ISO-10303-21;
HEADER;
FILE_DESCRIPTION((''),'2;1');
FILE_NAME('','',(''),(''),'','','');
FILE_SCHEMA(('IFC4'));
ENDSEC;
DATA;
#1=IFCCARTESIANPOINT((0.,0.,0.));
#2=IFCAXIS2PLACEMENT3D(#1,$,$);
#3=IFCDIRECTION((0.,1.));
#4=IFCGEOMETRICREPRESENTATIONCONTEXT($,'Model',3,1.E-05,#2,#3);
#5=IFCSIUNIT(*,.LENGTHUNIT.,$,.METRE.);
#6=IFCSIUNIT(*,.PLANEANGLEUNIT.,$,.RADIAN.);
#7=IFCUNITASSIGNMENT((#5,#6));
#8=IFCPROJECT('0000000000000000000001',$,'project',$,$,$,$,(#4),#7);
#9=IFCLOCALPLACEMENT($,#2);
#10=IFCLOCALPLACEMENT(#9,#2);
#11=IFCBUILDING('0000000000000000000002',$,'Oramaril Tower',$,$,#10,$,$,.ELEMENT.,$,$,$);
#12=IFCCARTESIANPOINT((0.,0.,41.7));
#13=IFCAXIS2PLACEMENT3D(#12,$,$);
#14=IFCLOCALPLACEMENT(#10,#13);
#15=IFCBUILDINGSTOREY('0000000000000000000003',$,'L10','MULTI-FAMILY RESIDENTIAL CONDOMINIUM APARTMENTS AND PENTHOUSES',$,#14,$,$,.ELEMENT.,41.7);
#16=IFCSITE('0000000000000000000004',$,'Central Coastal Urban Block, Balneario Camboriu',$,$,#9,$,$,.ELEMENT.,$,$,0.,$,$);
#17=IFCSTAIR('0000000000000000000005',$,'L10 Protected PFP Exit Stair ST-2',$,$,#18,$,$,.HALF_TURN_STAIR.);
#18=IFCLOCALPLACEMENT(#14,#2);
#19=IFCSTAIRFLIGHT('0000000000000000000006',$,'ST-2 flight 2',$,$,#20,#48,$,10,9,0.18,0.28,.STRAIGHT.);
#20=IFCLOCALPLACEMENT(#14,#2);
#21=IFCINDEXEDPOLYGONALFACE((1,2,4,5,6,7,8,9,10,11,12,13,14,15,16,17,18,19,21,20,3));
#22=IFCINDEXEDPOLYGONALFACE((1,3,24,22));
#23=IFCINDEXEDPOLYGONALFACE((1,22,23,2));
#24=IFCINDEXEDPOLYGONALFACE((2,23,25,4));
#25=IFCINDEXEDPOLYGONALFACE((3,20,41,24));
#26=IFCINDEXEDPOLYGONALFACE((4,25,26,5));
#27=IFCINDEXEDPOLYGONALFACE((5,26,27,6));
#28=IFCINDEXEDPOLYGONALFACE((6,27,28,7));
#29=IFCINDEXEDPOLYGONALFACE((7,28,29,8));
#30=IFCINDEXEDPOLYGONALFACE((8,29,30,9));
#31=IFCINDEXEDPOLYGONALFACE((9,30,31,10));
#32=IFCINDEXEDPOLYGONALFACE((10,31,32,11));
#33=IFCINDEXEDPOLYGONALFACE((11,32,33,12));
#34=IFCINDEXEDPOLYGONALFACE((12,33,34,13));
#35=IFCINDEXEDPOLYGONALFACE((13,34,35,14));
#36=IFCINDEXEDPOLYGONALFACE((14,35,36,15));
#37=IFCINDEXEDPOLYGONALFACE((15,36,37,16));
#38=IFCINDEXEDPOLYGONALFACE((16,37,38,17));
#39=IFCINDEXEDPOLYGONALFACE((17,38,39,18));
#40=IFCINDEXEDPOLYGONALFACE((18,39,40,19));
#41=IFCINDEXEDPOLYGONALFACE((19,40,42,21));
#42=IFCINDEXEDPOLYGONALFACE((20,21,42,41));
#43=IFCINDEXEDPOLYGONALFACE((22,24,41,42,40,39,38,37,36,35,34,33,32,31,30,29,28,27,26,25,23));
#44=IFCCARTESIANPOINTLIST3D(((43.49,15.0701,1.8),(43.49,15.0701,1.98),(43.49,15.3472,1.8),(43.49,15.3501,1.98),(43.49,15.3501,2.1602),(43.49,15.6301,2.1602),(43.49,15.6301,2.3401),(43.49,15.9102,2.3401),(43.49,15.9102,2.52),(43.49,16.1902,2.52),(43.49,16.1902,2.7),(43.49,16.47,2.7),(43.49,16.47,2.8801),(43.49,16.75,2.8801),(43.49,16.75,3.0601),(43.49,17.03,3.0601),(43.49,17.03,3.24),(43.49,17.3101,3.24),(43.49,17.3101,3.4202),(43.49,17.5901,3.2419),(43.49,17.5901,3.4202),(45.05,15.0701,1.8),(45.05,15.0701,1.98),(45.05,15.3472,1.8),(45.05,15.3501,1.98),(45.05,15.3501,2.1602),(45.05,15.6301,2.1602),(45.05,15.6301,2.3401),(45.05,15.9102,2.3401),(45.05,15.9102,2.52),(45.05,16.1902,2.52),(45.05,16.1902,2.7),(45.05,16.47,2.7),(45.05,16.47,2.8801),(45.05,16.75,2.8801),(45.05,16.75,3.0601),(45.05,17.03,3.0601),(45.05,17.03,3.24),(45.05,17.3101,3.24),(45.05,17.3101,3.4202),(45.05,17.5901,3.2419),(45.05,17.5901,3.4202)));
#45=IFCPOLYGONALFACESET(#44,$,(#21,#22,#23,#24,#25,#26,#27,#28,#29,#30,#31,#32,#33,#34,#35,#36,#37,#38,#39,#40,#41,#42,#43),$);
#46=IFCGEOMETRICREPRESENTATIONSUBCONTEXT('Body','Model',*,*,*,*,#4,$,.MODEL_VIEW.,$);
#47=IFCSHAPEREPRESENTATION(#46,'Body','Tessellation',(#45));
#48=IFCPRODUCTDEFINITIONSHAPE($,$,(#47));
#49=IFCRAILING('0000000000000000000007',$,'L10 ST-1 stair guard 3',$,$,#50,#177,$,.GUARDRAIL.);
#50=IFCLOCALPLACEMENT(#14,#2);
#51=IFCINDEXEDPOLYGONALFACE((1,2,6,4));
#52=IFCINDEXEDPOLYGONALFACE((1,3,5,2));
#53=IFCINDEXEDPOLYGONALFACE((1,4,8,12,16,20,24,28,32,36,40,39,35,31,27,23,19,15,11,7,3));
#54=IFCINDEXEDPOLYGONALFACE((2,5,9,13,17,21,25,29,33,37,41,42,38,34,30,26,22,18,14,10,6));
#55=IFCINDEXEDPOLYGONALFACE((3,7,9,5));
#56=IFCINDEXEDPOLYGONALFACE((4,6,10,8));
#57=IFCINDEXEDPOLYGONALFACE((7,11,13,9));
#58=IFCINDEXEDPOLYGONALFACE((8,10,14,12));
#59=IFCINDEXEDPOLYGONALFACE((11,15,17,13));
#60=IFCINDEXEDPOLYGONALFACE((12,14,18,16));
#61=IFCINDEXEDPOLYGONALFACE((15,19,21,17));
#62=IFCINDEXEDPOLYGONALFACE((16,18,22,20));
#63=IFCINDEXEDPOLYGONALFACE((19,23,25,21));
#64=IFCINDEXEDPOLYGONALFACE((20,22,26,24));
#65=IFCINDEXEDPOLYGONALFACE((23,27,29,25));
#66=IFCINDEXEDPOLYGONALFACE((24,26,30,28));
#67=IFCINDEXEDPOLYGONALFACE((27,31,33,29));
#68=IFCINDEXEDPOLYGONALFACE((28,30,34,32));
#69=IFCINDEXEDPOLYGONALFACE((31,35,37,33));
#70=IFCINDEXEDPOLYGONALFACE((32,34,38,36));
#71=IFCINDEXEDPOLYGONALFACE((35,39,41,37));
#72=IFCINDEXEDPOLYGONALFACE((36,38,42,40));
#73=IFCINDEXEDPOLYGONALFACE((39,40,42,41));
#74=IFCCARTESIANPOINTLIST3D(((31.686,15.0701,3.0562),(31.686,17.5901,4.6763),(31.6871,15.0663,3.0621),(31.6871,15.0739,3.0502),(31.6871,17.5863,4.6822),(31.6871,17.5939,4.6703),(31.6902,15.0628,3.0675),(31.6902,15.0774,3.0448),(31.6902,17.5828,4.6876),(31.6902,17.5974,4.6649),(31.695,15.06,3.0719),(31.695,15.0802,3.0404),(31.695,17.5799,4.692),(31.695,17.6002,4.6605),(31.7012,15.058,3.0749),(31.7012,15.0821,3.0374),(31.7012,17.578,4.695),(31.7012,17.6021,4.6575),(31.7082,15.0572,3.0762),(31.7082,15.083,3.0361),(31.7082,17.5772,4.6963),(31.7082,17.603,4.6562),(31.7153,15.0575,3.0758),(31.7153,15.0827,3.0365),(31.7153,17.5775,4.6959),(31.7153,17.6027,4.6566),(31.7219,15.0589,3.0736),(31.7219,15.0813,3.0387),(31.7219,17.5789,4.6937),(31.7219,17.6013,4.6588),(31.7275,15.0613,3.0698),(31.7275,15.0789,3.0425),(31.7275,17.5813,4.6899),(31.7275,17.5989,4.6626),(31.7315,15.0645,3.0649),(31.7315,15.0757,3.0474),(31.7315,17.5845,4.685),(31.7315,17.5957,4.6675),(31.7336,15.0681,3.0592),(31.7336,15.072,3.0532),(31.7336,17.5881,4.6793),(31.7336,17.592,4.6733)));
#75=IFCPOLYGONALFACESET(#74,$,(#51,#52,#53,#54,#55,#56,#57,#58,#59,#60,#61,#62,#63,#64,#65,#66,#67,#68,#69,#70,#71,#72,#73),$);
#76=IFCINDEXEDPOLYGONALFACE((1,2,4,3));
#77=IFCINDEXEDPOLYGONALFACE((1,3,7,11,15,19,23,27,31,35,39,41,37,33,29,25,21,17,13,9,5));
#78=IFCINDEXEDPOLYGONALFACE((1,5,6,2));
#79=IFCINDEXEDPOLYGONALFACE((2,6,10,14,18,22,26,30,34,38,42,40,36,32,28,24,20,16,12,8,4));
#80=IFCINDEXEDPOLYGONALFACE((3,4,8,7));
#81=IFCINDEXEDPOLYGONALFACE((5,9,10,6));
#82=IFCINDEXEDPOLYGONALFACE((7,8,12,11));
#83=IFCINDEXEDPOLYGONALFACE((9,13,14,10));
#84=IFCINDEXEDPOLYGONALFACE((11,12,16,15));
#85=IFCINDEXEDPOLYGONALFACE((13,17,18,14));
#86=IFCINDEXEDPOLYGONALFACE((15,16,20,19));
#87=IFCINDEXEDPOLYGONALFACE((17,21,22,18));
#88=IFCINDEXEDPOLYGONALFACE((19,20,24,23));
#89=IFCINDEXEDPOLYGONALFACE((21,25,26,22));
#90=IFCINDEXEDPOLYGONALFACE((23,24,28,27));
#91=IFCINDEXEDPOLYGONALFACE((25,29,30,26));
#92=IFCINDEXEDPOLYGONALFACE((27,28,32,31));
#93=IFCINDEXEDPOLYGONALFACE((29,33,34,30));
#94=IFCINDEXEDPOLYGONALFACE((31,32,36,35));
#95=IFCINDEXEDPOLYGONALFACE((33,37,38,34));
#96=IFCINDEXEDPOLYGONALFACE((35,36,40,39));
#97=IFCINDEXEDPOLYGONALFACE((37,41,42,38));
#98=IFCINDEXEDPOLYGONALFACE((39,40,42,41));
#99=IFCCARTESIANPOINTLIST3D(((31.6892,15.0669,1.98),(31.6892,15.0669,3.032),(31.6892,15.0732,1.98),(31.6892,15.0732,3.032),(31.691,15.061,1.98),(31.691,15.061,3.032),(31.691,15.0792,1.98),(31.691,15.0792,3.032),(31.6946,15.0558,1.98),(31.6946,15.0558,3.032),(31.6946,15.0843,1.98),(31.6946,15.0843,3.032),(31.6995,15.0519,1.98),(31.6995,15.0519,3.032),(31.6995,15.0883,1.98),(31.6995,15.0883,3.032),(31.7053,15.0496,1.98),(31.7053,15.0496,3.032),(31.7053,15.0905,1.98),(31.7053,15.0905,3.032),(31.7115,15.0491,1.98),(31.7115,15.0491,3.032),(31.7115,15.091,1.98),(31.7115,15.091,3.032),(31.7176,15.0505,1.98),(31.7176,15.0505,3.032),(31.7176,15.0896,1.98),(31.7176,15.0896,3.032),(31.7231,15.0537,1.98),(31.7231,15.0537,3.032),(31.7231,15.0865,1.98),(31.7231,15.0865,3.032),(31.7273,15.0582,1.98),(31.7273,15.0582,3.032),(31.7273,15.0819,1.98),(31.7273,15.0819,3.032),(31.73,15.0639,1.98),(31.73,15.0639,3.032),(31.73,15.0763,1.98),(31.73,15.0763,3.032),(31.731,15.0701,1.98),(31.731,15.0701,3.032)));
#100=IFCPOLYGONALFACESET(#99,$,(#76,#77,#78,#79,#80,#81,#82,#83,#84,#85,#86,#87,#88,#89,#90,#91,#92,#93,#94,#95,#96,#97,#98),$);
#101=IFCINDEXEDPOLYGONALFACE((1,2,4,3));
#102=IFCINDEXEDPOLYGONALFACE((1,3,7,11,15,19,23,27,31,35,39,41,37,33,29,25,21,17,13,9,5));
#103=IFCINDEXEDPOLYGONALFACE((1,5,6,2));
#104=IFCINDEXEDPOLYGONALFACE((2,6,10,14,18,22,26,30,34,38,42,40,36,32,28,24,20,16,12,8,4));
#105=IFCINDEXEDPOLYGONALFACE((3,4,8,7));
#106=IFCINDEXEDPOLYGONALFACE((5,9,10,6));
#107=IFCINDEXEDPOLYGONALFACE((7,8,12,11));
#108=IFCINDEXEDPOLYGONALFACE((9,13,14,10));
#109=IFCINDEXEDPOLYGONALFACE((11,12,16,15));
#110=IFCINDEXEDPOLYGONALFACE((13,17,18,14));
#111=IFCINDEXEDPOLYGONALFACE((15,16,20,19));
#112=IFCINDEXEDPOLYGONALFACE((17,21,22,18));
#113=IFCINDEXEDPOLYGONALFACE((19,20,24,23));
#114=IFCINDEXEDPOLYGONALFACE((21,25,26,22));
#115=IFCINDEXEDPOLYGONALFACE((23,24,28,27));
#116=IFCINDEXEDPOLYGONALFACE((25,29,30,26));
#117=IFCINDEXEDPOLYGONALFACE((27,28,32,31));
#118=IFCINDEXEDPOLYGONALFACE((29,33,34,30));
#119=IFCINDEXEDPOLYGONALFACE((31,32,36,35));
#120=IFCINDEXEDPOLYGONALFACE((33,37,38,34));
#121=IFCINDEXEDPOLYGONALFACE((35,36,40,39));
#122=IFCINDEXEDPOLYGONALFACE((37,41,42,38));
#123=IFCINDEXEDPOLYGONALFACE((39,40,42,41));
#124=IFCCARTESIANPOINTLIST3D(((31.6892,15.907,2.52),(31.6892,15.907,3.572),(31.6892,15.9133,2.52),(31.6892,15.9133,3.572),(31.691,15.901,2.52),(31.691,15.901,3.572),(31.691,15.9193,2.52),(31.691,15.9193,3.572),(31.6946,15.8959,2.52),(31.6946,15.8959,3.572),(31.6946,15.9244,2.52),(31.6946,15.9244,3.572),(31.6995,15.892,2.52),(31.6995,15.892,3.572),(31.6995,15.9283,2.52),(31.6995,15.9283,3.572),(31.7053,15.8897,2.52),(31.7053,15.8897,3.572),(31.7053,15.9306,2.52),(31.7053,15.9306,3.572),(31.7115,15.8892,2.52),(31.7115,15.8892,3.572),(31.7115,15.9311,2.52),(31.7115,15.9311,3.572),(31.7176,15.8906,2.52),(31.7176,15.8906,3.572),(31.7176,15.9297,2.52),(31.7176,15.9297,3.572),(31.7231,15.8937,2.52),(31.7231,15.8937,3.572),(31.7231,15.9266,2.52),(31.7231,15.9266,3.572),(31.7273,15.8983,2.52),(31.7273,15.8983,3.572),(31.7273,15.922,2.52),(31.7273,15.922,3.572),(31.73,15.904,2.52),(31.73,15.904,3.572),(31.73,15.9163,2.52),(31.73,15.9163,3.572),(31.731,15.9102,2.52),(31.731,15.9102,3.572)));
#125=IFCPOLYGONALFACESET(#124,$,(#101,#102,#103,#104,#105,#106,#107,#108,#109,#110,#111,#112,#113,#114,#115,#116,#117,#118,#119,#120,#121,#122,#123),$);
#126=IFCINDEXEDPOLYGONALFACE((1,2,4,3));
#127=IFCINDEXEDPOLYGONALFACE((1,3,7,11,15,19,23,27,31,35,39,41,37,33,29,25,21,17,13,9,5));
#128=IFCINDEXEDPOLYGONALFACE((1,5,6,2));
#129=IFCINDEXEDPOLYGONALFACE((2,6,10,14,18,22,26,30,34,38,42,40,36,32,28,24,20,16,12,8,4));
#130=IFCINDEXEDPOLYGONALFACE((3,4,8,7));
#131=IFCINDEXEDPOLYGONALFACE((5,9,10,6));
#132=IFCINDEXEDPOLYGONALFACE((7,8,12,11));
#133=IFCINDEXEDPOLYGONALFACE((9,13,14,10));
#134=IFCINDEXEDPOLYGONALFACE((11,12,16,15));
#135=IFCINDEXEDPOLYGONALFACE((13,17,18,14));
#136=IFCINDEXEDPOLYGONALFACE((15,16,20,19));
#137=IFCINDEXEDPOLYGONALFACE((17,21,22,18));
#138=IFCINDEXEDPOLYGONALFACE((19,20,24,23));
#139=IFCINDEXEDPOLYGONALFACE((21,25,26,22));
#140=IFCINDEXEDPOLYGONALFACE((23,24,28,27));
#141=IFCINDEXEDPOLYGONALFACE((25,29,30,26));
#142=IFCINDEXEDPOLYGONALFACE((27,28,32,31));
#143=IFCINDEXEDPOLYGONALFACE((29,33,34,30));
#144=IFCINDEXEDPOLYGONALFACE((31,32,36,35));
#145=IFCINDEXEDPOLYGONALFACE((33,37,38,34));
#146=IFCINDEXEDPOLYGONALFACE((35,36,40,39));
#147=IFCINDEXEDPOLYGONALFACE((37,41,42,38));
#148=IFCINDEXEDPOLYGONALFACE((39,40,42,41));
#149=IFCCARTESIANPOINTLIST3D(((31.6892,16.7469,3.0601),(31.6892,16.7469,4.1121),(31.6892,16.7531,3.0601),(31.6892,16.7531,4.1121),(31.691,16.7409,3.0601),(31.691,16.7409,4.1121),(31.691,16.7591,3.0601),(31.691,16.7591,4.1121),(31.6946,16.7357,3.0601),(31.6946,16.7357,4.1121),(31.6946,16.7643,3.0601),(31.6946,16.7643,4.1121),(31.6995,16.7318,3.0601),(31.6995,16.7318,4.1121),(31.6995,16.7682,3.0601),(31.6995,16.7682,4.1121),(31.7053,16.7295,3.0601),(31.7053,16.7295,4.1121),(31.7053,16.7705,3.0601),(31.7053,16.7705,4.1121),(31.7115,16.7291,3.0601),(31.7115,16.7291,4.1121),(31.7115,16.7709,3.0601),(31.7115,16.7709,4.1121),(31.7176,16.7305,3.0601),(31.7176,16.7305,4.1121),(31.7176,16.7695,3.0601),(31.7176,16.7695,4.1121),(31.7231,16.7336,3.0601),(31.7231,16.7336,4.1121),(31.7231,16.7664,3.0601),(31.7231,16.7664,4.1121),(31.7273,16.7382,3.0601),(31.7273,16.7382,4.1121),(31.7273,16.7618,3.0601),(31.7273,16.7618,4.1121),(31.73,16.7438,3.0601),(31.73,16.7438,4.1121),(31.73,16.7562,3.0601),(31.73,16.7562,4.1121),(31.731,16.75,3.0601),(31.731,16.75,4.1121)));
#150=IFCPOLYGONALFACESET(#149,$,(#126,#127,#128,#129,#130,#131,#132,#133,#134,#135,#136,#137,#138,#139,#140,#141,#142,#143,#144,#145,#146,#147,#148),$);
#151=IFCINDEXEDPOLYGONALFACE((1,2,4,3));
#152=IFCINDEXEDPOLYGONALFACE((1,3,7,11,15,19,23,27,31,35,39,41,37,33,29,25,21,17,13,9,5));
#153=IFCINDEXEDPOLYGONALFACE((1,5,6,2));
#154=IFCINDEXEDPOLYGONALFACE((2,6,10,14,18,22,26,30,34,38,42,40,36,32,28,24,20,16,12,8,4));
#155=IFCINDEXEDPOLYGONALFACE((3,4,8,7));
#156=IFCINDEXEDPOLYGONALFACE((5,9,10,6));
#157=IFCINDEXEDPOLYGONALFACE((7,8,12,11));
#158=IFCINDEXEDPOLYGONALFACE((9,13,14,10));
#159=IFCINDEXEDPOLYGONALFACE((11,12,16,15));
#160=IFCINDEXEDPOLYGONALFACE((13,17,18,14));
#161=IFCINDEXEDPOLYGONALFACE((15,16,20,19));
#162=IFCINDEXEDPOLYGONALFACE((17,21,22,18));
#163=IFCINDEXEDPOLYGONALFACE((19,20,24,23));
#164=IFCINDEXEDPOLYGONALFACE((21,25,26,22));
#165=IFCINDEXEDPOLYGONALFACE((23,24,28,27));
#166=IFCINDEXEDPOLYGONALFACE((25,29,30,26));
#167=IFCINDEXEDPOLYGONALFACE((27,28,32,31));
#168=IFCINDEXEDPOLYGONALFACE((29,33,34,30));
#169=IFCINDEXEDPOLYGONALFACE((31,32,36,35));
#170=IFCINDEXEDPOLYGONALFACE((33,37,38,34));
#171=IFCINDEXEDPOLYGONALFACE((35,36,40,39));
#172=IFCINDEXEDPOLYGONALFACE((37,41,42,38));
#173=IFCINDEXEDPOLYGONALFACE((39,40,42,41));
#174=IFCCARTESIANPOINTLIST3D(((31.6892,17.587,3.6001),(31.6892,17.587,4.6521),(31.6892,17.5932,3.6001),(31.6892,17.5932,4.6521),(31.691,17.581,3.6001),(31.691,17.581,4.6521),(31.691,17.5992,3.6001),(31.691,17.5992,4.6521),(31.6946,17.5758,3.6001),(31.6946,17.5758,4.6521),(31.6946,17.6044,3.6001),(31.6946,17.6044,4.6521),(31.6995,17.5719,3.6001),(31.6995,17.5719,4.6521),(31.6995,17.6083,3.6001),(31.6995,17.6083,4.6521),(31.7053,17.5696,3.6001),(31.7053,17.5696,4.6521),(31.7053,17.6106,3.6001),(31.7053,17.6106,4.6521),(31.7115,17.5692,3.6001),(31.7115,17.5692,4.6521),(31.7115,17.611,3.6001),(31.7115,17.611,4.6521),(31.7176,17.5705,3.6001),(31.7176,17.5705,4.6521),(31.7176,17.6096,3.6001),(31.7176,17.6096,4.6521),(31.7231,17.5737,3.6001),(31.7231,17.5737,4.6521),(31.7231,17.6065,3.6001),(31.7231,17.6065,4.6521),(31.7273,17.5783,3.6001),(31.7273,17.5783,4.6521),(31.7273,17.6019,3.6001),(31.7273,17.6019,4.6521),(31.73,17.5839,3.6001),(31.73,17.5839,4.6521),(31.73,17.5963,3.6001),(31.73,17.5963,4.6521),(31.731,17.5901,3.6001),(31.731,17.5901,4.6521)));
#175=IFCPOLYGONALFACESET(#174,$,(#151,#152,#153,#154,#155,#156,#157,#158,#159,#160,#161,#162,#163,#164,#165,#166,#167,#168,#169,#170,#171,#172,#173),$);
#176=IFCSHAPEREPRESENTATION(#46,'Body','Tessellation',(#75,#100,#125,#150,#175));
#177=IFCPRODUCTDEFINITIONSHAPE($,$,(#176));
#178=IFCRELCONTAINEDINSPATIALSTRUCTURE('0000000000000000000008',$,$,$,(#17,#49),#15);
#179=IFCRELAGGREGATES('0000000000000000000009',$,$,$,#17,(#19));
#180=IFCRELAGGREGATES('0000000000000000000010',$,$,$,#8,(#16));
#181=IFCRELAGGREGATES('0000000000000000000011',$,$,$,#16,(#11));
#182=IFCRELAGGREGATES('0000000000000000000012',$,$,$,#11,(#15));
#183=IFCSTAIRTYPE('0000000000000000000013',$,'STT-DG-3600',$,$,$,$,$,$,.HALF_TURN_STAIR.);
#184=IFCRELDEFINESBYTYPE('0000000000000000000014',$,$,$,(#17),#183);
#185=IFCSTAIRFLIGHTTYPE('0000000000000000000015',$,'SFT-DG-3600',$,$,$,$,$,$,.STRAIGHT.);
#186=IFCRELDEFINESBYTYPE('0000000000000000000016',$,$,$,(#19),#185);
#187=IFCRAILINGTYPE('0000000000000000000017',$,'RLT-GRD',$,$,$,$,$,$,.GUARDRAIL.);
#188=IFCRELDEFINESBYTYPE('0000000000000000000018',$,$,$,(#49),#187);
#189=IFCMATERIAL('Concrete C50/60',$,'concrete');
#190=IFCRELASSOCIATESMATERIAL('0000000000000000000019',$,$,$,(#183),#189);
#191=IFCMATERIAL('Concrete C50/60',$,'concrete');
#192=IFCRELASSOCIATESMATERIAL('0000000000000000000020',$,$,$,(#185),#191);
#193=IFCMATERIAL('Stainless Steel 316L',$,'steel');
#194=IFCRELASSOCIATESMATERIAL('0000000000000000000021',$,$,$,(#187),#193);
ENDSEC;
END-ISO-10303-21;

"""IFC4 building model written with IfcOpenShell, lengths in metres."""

from ifc_helpers import new_model, si_unit, direction, frame, origin, origin_2d, place, context, subcontext, project, spatial, polyline, circle, outline, extrude, material, type_object, element, aggregate, save


model = new_model("IFC4")

# Units and contexts
model_context = context("Model", 3, precision=1e-05, world=origin(), true_north=direction((0.0, 1.0)))
body_context = subcontext(model_context, "Body", "Model", "MODEL_VIEW")
ifc_project = project(units=[si_unit("LENGTHUNIT", "METRE"), si_unit("PLANEANGLEUNIT", "RADIAN")], contexts=[model_context])

# Site, building, storey
site_placement = place(None, origin())
site = spatial("IfcSite", under=ifc_project, at=site_placement, Name="Central Coastal Urban Block, Balneario Camboriu", CompositionType="ELEMENT", RefElevation=0.0)
building_placement = place(site_placement, origin())
building = spatial("IfcBuilding", under=site, at=building_placement, Name="Oramaril Tower", CompositionType="ELEMENT")
storey_placement = place(building_placement, frame((0.0, 0.0, 41.7)))
storey = spatial("IfcBuildingStorey", under=building, at=storey_placement, Name="L10", Description="MULTI-FAMILY RESIDENTIAL CONDOMINIUM APARTMENTS AND PENTHOUSES", CompositionType="ELEMENT", Elevation=41.7)

# Stair, stair flight
ifc_material_1 = material(Name="Concrete C50/60", Category="concrete")
stair_type = type_object("IfcStairType", Name="STT-DG-3600", PredefinedType="HALF_TURN_STAIR", material=ifc_material_1)
ifc_material_2 = material(Name="Concrete C50/60", Category="concrete")
stair_flight_type = type_object("IfcStairFlightType", Name="SFT-DG-3600", PredefinedType="STRAIGHT", material=ifc_material_2)
stair_1_placement = place(storey_placement, origin())
stair_1 = element("IfcStair", 1, at=stair_1_placement, inside=storey, type_object=stair_type, Name="L10 Protected PFP Exit Stair ST-2", PredefinedType="HALF_TURN_STAIR")
stair_flight_1_placement = place(storey_placement, frame((44.27, 15.0701, 1.8), z_axis=(0.0, 0.0, 1.0), x_axis=(0.0, 1.0, 0.0)))
stair_flight_1 = element("IfcStairFlight", 2, at=stair_flight_1_placement, type_object=stair_flight_type, Name="ST-2 flight 2", NumberOfRisers=10, NumberOfTreads=9, PredefinedType="STRAIGHT", RiserHeight=0.18, TreadLength=0.28, context=body_context, shape_type="SweptSolid", body=[
    extrude(outline(polyline([(0.0, 0.0), (0.0, 0.1799), (0.28, 0.1799), (0.28, 0.3601), (0.5601, 0.3601), (0.5601, 0.54), (0.8401, 0.54), (0.8401, 0.72), (1.1201, 0.72), (1.1201, 0.8999), (1.3999, 0.8999), (1.3999, 1.0801), (1.6799, 1.0801), (1.6799, 1.26), (1.96, 1.26), (1.96, 1.4399), (2.24, 1.4399), (2.24, 1.6201), (2.52, 1.6201), (2.52, 1.8), (2.52, 1.4419), (0.2771, 0.0), (0.0, 0.0)])), frame((0.0, 0.78, 0.0), z_axis=(0.0, -1.0, 0.0), x_axis=(1.0, 0.0, 0.0)), (0.0, 0.0, 1.0), 1.5601),
])
aggregate(stair_1, [stair_flight_1])

# Railing
ifc_material_3 = material(Name="Stainless Steel 316L", Category="steel")
railing_type_1 = type_object("IfcRailingType", Name="RLT-GRD", PredefinedType="GUARDRAIL", material=ifc_material_3)
railing_1_placement = place(storey_placement, frame((31.71, 15.0701, 1.98)))
element("IfcRailing", 3, at=railing_1_placement, inside=storey, type_object=railing_type_1, Name="L10 ST-1 stair guard 3", PredefinedType="GUARDRAIL", context=body_context, shape_type="SweptSolid", body=[
    extrude(circle(Radius=0.0239, at=origin_2d()), frame((0.0, 0.0, 1.0762), z_axis=(0.0, 0.841163, 0.540782), x_axis=(-1.0, 0.0, 0.0)), (0.0, 0.0, 1.0), 2.9958),
    extrude(circle(Radius=0.021, at=origin_2d()), origin(), (0.0, 0.0, 1.0), 1.052),
    extrude(circle(Radius=0.021, at=origin_2d()), frame((0.0, 0.8401, 0.54)), (0.0, 0.0, 1.0), 1.052),
    extrude(circle(Radius=0.021, at=origin_2d()), frame((0.0, 1.6799, 1.0801)), (0.0, 0.0, 1.0), 1.052),
    extrude(circle(Radius=0.021, at=origin_2d()), frame((0.0, 2.52, 1.6201)), (0.0, 0.0, 1.0), 1.052),
])

save(model, "model.ifc")
